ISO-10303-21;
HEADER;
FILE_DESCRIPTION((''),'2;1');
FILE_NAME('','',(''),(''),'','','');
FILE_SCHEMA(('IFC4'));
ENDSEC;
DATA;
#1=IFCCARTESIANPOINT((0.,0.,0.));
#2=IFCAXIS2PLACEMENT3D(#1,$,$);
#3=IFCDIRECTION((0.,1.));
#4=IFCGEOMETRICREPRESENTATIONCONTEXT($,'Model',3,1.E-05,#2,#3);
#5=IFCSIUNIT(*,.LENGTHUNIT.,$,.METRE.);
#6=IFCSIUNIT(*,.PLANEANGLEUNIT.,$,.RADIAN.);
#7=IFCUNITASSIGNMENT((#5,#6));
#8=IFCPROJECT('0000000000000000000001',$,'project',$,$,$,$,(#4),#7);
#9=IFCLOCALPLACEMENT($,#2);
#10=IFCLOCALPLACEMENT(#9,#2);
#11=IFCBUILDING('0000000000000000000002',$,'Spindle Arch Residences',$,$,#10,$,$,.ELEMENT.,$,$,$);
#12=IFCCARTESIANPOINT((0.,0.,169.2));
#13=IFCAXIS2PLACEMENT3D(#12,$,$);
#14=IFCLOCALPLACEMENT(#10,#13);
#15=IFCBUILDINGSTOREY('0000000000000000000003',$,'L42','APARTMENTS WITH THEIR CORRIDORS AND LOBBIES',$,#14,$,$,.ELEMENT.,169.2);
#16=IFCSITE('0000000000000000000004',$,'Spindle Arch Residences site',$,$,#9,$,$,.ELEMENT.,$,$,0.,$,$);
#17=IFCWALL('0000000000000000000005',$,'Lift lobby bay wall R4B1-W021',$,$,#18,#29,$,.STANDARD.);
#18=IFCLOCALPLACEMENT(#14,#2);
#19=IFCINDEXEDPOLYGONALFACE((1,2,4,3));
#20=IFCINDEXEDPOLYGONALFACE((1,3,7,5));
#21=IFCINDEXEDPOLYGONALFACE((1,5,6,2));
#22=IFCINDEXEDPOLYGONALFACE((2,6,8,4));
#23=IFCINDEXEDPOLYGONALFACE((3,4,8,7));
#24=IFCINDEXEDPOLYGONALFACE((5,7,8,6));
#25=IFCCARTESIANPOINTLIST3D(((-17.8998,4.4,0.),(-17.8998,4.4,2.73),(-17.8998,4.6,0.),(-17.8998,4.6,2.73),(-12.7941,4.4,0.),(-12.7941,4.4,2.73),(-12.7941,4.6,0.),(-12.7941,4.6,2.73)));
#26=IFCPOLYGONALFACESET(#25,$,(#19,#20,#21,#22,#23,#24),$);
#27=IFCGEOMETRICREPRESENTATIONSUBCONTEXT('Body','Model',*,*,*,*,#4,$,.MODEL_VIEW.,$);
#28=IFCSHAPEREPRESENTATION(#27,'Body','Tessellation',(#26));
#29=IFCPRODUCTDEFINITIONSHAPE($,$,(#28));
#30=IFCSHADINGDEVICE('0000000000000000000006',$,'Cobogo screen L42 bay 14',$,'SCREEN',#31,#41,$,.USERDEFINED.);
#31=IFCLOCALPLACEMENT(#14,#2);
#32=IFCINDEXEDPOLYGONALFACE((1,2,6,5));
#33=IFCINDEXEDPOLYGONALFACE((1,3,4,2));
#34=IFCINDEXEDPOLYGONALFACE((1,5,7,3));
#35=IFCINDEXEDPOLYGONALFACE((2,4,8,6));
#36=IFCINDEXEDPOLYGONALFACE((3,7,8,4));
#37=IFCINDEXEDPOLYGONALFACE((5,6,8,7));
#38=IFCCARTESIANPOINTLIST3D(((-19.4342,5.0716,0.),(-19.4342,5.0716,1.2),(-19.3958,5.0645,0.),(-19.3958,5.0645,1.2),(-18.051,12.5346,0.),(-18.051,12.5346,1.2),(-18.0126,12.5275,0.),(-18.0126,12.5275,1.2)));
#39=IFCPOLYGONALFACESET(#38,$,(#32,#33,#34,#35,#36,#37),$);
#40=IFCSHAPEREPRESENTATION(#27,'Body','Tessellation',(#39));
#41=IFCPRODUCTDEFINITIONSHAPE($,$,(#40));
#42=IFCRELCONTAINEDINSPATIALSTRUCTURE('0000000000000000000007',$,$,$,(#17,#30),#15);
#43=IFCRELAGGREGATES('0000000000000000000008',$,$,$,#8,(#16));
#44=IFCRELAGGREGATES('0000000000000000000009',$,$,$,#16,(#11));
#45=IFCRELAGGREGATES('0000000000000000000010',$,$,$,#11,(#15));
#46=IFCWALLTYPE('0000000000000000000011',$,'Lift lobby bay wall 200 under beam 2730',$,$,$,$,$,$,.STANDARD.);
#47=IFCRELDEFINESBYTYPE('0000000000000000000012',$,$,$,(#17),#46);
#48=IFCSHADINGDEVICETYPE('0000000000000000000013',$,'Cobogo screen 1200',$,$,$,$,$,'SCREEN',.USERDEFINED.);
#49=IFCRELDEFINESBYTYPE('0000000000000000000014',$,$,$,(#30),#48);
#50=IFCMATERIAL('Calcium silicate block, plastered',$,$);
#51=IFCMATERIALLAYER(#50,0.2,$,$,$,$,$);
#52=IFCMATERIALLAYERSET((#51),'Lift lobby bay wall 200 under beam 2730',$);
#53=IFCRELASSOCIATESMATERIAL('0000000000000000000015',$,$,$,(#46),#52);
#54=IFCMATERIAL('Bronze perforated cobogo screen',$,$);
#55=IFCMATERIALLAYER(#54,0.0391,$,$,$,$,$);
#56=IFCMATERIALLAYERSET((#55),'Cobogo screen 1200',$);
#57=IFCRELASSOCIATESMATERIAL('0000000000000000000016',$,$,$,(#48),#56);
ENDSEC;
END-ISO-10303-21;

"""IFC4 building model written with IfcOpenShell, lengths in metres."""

from ifc_helpers import new_model, si_unit, direction, frame, frame_2d, origin, origin_2d, place, context, subcontext, project, spatial, rectangle, extrude, material, layer, layer_set, type_object, element, save


model = new_model("IFC4")

# Units and contexts
model_context = context("Model", 3, precision=1e-05, world=origin(), true_north=direction((0.0, 1.0)))
body_context = subcontext(model_context, "Body", "Model", "MODEL_VIEW")
ifc_project = project(units=[si_unit("LENGTHUNIT", "METRE"), si_unit("PLANEANGLEUNIT", "RADIAN")], contexts=[model_context])

# Site, building, storey
site_placement = place(None, origin())
site = spatial("IfcSite", under=ifc_project, at=site_placement, Name="Spindle Arch Residences site", CompositionType="ELEMENT", RefElevation=0.0)
building_placement = place(site_placement, origin())
building = spatial("IfcBuilding", under=site, at=building_placement, Name="Spindle Arch Residences", CompositionType="ELEMENT")
storey_placement = place(building_placement, frame((0.0, 0.0, 169.2)))
storey = spatial("IfcBuildingStorey", under=building, at=storey_placement, Name="L42", Description="APARTMENTS WITH THEIR CORRIDORS AND LOBBIES", CompositionType="ELEMENT", Elevation=169.2)

# Wall
ifc_material_1 = material(Name="Calcium silicate block, plastered")
ifc_layer_1 = layer(ifc_material_1, 0.2)
ifc_layer_set_1 = layer_set([ifc_layer_1], Name="Lift lobby bay wall 200 under beam 2730")
wall_type_1 = type_object("IfcWallType", Name="Lift lobby bay wall 200 under beam 2730", PredefinedType="STANDARD", material=ifc_layer_set_1)
wall_1_placement = place(storey_placement, frame((-12.7942, 4.5, 0.0), z_axis=(0.0, 0.0, 1.0), x_axis=(-1.0, 0.0, 0.0)))
element("IfcWall", 1, at=wall_1_placement, inside=storey, type_object=wall_type_1, Name="Lift lobby bay wall R4B1-W021", PredefinedType="STANDARD", context=body_context, shape_type="SweptSolid", body=[
    extrude(rectangle(XDim=5.1057, YDim=0.2, at=frame_2d((2.5527, 0.0))), origin(), (0.0, 0.0, 1.0), 2.73),
])

# Shading device
ifc_material_2 = material(Name="Bronze perforated cobogo screen")
ifc_layer_2 = layer(ifc_material_2, 0.0391)
ifc_layer_set_2 = layer_set([ifc_layer_2], Name="Cobogo screen 1200")
shading_device_type = type_object("IfcShadingDeviceType", Name="Cobogo screen 1200", ElementType="SCREEN", PredefinedType="USERDEFINED", material=ifc_layer_set_2)
shading_device_placement = place(storey_placement, frame((-18.7234, 8.7996, 0.0), z_axis=(0.0, 0.0, 1.0), x_axis=(-0.182236, -0.983255, 0.0)))
element("IfcShadingDevice", 2, at=shading_device_placement, inside=storey, type_object=shading_device_type, Name="Cobogo screen L42 bay 14", ObjectType="SCREEN", PredefinedType="USERDEFINED", context=body_context, shape_type="SweptSolid", body=[
    extrude(rectangle(XDim=7.5901, YDim=0.0391, at=origin_2d()), origin(), (0.0, 0.0, 1.0), 1.2),
])

save(model, "model.ifc")
